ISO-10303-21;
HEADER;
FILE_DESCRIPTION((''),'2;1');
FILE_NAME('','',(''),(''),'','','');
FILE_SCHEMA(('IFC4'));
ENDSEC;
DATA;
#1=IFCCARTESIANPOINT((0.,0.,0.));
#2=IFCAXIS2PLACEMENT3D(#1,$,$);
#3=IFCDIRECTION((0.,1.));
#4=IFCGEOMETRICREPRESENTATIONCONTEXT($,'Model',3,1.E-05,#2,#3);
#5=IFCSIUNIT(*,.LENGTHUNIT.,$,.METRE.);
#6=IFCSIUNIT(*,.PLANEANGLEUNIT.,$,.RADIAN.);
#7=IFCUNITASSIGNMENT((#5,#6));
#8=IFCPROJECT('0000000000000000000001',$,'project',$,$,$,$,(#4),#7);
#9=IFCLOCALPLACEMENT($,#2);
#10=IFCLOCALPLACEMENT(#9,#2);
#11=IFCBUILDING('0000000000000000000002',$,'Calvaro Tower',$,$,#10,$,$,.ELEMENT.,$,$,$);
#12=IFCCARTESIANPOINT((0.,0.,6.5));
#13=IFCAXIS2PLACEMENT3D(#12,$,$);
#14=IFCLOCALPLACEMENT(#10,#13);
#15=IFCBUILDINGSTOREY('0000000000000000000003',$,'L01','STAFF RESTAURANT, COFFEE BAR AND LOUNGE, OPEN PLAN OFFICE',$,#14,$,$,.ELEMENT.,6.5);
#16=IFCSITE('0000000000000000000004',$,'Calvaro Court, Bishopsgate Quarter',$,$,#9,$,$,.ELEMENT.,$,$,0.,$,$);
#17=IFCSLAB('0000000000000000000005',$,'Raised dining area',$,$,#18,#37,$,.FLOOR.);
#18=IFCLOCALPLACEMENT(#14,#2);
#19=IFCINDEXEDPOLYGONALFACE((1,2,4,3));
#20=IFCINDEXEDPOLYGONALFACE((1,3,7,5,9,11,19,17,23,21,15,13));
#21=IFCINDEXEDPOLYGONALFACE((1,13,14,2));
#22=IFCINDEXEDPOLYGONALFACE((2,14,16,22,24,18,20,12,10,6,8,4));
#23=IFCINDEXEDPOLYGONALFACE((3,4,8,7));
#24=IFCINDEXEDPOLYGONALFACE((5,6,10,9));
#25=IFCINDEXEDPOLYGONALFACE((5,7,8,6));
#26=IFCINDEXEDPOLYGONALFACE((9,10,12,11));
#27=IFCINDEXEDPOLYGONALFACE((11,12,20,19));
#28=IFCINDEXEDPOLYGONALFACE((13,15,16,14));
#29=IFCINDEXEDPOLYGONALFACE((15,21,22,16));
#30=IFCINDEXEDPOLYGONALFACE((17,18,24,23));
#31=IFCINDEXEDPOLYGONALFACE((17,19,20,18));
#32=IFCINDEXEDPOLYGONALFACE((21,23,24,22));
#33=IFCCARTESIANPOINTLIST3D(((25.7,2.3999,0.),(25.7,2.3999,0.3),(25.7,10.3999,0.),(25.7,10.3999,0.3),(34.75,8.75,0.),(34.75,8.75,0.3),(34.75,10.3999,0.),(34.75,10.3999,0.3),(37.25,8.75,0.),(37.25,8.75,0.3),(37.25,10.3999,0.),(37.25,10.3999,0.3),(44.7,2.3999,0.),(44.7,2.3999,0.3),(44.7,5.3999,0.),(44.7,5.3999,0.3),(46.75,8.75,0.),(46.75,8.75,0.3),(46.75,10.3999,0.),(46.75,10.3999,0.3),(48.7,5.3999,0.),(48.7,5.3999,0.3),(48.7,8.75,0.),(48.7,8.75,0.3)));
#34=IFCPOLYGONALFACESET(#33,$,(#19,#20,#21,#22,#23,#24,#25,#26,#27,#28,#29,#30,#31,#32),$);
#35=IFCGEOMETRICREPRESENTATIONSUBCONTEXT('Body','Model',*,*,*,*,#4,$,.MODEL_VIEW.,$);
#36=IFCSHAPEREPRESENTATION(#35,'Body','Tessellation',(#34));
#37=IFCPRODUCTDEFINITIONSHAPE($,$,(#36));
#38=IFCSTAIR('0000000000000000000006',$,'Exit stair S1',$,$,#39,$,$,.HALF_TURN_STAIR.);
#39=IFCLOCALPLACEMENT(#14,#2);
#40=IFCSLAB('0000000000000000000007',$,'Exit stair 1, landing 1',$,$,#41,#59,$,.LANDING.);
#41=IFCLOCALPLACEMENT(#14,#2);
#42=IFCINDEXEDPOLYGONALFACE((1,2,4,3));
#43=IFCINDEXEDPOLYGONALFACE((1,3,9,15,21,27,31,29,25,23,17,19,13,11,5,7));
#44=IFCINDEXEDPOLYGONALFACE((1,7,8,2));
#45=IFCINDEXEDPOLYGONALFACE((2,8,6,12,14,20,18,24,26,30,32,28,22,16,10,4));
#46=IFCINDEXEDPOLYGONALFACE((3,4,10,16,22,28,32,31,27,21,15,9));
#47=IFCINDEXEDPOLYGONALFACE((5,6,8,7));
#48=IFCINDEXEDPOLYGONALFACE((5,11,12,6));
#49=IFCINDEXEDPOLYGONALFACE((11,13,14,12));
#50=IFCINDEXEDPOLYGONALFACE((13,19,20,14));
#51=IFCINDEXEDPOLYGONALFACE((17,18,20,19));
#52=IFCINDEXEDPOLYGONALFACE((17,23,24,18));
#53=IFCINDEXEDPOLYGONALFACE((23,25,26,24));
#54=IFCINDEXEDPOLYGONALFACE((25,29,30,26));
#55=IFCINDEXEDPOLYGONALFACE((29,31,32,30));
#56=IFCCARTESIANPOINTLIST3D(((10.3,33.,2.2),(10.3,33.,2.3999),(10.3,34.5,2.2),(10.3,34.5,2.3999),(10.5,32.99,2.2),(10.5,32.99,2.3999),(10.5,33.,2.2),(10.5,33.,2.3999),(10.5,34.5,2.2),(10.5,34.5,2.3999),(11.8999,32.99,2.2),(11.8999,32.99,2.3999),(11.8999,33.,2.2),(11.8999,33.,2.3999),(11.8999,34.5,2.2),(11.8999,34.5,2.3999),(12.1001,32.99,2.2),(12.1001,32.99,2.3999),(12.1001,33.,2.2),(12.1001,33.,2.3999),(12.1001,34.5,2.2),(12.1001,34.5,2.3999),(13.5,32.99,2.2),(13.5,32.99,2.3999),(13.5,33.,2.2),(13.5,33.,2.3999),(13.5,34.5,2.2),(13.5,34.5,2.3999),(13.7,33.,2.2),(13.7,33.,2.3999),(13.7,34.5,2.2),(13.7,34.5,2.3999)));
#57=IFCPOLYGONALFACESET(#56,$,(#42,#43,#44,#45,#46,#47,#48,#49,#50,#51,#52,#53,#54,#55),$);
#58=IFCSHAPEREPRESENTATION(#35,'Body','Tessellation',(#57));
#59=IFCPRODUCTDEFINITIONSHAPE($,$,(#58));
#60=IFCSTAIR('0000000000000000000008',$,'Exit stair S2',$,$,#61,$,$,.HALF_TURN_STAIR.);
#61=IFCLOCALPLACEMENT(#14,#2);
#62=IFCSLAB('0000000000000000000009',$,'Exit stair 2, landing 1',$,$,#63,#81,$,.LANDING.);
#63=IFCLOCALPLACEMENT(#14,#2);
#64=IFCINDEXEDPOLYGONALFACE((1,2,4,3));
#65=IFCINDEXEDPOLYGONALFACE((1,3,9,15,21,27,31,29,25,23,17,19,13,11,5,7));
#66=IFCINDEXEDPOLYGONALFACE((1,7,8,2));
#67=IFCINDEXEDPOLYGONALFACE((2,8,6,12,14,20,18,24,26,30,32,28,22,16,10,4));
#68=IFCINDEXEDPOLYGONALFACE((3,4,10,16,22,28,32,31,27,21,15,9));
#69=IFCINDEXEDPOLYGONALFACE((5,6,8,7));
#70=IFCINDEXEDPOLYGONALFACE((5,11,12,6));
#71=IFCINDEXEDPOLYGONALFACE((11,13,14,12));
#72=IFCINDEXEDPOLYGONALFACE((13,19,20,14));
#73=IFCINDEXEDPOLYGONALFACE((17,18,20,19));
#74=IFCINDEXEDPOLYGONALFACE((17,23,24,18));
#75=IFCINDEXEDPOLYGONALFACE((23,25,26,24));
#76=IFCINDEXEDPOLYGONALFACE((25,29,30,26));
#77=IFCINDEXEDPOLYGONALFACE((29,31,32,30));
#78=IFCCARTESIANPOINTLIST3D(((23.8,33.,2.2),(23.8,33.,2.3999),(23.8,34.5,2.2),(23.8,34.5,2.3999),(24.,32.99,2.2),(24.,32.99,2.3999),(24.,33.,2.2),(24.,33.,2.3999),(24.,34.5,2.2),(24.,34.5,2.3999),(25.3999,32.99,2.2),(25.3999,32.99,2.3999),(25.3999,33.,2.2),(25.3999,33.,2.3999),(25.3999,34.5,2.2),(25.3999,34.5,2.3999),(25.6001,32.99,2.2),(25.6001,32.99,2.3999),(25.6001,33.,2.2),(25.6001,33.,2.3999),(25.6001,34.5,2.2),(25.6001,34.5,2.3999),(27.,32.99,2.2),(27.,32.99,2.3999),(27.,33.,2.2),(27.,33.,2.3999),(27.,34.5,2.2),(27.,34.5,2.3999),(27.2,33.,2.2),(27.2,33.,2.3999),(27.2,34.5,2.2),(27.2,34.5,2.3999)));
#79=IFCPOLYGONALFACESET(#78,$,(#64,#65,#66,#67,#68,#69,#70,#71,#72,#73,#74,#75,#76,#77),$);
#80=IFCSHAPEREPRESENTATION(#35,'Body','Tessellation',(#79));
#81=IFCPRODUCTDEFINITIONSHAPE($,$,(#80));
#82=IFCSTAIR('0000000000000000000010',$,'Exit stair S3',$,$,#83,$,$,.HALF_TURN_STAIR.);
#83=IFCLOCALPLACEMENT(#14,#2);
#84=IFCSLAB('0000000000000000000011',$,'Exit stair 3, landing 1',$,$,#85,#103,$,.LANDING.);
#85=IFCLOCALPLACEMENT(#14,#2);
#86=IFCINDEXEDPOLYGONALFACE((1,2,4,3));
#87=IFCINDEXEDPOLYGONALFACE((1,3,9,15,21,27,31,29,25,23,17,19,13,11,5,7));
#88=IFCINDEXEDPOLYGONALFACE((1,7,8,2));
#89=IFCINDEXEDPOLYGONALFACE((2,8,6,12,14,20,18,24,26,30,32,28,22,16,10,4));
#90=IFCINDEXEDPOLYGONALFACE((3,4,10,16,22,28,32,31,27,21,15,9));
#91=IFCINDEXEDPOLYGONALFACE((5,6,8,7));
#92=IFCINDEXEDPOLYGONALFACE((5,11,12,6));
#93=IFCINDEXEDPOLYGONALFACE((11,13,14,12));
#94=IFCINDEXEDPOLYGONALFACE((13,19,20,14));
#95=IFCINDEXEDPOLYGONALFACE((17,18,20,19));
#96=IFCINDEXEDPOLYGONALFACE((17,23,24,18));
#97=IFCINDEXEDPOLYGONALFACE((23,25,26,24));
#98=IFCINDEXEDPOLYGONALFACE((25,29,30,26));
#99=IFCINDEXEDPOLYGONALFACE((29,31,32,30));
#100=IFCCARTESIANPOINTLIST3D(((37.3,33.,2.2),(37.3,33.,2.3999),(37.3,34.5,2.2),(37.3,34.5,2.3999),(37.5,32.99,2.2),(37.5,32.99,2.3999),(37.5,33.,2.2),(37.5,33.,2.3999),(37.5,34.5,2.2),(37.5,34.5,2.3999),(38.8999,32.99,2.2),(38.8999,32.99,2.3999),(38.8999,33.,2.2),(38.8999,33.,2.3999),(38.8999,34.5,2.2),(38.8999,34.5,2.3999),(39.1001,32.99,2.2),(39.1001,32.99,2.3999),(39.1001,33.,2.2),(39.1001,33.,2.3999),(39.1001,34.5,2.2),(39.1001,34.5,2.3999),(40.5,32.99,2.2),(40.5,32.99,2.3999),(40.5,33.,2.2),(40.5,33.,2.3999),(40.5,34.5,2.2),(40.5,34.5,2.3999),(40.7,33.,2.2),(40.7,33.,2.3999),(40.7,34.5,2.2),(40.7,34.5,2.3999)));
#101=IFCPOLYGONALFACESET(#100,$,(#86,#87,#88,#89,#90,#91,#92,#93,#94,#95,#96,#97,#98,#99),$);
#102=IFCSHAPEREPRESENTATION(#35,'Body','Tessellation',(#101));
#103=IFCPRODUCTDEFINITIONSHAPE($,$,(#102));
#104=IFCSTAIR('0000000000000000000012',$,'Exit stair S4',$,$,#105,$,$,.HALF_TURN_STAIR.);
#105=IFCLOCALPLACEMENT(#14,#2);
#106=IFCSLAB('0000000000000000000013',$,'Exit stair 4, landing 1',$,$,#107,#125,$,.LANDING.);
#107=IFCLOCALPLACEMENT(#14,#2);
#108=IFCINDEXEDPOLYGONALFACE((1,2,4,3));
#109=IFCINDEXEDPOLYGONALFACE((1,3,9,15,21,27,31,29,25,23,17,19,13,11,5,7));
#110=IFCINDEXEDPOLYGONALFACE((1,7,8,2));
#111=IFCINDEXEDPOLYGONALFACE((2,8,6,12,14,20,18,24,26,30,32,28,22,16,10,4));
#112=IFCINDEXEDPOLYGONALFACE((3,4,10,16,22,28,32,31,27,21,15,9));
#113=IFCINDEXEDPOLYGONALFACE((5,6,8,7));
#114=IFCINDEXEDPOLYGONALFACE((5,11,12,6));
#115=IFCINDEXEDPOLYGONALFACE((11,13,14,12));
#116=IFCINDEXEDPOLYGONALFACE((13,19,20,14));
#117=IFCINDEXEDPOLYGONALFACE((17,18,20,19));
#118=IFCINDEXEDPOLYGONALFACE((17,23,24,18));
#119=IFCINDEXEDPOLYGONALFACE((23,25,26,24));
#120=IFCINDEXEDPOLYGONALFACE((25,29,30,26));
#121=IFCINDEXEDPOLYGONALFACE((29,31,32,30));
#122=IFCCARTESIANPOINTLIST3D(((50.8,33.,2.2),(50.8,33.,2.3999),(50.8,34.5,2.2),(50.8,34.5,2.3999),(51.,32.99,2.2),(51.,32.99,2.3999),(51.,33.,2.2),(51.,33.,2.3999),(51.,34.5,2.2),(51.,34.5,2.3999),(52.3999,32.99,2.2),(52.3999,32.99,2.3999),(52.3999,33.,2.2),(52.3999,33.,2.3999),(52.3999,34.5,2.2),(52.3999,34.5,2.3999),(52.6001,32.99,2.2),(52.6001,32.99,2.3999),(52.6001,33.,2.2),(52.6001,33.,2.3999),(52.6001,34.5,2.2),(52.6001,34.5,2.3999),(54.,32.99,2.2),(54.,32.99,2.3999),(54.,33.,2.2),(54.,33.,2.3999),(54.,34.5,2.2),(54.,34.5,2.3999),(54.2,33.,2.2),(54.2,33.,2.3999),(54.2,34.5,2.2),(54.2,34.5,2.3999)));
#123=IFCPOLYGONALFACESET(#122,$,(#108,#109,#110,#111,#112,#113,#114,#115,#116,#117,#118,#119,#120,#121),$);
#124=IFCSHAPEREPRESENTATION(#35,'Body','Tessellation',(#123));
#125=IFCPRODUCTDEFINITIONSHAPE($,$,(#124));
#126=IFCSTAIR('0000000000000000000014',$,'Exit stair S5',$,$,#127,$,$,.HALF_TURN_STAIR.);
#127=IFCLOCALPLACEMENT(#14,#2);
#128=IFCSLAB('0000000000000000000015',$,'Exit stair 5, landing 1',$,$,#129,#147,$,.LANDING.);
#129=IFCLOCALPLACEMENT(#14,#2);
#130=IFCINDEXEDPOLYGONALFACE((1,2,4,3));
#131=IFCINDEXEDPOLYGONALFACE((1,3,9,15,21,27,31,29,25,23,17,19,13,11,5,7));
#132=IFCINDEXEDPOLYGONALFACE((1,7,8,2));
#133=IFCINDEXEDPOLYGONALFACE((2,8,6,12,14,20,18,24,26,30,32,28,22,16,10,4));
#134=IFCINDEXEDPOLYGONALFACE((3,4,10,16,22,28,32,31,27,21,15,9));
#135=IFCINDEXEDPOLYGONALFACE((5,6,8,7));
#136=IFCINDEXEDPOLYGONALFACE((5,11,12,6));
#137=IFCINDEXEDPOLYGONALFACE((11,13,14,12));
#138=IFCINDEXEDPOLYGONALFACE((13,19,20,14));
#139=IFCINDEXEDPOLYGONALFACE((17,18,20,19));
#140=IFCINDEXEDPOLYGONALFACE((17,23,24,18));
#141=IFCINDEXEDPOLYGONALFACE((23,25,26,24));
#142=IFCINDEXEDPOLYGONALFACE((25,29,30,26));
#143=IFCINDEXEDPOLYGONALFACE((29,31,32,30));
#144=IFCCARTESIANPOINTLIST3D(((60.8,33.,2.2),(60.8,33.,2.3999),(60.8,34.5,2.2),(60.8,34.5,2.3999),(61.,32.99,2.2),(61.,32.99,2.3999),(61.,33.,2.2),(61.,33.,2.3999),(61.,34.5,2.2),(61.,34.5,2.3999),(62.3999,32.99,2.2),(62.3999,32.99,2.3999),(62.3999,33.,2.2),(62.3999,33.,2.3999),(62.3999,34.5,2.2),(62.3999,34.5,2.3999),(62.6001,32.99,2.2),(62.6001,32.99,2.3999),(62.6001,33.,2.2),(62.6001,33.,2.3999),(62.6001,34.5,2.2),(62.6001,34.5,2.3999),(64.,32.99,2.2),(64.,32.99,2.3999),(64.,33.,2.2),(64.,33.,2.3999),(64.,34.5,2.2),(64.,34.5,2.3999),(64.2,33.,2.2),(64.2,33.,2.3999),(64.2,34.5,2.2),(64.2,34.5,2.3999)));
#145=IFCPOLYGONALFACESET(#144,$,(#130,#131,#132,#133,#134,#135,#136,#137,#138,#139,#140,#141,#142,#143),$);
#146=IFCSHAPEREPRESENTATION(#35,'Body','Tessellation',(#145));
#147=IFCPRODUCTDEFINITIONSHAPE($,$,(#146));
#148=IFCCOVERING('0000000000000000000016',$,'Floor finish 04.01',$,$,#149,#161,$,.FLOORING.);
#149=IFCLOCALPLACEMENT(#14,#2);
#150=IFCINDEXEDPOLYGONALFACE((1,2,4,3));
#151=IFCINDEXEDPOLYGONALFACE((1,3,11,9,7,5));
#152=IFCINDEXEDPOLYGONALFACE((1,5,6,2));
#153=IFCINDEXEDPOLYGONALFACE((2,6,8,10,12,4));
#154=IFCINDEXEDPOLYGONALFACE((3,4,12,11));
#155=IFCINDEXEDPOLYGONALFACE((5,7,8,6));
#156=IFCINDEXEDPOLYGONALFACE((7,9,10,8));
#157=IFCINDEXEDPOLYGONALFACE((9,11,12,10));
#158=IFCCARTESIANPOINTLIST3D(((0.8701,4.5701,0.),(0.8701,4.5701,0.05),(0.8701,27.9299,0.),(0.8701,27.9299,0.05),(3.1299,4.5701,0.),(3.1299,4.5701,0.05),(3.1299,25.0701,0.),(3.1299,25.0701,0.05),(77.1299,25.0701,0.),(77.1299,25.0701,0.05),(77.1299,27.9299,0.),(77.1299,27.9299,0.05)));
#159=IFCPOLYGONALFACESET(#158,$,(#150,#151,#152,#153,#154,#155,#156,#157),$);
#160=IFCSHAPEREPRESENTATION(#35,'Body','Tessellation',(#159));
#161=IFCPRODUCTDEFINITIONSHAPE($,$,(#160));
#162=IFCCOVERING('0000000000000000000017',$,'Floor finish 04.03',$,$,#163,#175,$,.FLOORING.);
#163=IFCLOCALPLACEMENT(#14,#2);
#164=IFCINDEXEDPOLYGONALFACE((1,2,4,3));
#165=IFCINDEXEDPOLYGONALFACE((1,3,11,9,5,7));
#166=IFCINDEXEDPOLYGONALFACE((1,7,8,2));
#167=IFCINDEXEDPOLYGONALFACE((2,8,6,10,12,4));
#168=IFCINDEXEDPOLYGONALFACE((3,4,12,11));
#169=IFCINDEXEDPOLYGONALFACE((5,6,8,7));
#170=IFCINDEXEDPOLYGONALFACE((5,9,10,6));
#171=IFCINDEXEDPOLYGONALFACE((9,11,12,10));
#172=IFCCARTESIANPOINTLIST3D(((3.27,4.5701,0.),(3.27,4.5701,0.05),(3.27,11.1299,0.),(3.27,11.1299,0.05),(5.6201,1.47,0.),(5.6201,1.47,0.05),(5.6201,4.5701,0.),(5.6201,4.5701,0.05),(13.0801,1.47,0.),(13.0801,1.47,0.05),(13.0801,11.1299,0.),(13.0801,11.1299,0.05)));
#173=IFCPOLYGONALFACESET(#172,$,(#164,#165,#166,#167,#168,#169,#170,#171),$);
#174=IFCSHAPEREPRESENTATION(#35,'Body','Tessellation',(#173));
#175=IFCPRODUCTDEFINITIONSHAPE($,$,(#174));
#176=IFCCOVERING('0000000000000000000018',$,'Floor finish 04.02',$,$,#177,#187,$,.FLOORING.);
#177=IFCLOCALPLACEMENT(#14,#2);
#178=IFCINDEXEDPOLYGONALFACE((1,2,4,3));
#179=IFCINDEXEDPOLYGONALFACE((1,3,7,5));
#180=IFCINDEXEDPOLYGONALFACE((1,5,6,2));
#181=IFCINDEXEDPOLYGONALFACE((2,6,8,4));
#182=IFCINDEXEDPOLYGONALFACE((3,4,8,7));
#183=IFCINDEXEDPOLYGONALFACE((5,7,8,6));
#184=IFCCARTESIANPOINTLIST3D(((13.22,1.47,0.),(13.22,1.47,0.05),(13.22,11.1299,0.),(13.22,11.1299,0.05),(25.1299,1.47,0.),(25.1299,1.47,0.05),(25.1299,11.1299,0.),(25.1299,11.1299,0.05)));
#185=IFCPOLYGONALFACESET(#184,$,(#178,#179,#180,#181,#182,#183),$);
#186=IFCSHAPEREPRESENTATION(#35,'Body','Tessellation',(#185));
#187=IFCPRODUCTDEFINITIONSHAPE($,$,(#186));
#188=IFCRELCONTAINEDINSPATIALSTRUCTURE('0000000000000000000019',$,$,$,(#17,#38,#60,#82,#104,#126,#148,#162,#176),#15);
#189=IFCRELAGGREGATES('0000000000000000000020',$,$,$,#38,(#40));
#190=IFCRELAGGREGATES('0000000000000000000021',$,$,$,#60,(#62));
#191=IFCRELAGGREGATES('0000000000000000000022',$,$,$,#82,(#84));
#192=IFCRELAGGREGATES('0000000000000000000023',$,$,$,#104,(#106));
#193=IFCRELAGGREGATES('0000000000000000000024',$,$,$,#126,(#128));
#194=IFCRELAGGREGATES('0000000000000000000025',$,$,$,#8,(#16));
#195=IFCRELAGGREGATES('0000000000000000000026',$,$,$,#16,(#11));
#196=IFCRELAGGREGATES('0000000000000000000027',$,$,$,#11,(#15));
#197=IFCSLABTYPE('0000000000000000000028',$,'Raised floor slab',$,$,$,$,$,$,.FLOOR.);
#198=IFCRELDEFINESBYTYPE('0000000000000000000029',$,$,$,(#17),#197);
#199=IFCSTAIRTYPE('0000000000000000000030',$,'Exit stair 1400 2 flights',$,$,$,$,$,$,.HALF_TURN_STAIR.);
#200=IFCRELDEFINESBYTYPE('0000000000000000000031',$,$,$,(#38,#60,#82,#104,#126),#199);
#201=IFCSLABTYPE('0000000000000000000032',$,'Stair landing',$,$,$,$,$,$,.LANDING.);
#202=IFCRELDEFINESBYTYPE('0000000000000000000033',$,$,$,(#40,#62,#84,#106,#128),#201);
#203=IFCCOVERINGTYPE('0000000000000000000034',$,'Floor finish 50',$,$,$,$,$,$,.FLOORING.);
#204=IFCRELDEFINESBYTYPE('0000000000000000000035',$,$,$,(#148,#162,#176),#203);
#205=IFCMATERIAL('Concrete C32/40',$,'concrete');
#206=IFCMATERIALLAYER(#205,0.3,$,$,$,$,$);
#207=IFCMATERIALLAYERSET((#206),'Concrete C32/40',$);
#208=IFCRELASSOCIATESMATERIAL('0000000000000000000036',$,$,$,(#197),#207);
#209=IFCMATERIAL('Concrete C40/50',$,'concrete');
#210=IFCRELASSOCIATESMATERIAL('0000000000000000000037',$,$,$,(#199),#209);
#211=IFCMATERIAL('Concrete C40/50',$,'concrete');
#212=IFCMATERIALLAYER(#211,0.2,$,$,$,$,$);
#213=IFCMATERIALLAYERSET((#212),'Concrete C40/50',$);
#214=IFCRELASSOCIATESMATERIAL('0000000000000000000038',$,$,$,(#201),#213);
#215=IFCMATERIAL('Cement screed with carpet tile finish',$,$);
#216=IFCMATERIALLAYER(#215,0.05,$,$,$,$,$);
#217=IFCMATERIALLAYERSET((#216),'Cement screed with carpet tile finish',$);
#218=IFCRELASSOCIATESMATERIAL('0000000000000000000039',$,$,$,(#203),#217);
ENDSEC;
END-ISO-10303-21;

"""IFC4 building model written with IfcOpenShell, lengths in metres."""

from ifc_helpers import new_model, si_unit, direction, frame, origin, place, context, subcontext, project, spatial, polyline, outline, extrude, material, layer, layer_set, type_object, element, aggregate, save


model = new_model("IFC4")

# Units and contexts
model_context = context("Model", 3, precision=1e-05, world=origin(), true_north=direction((0.0, 1.0)))
body_context = subcontext(model_context, "Body", "Model", "MODEL_VIEW")
ifc_project = project(units=[si_unit("LENGTHUNIT", "METRE"), si_unit("PLANEANGLEUNIT", "RADIAN")], contexts=[model_context])

# Site, building, storey
site_placement = place(None, origin())
site = spatial("IfcSite", under=ifc_project, at=site_placement, Name="Calvaro Court, Bishopsgate Quarter", CompositionType="ELEMENT", RefElevation=0.0)
building_placement = place(site_placement, origin())
building = spatial("IfcBuilding", under=site, at=building_placement, Name="Calvaro Tower", CompositionType="ELEMENT")
storey_placement = place(building_placement, frame((0.0, 0.0, 6.5)))
storey = spatial("IfcBuildingStorey", under=building, at=storey_placement, Name="L01", Description="STAFF RESTAURANT, COFFEE BAR AND LOUNGE, OPEN PLAN OFFICE", CompositionType="ELEMENT", Elevation=6.5)

# Slab
ifc_material_1 = material(Name="Concrete C32/40", Category="concrete")
ifc_layer_1 = layer(ifc_material_1, 0.3)
ifc_layer_set_1 = layer_set([ifc_layer_1], Name="Concrete C32/40")
slab_type_1 = type_object("IfcSlabType", Name="Raised floor slab", PredefinedType="FLOOR", material=ifc_layer_set_1)
slab_1_placement = place(storey_placement, origin())
element("IfcSlab", 1, at=slab_1_placement, inside=storey, type_object=slab_type_1, Name="Raised dining area", PredefinedType="FLOOR", context=body_context, shape_type="SweptSolid", body=[
    extrude(outline(polyline([(25.7, 10.3999), (34.75, 10.3999), (34.75, 8.75), (37.25, 8.75), (37.25, 10.3999), (46.75, 10.3999), (46.75, 8.75), (48.7, 8.75), (48.7, 5.3999), (44.7, 5.3999), (44.7, 2.3999), (25.7, 2.3999), (25.7, 10.3999)])), origin(), (0.0, 0.0, 1.0), 0.3),
])

# Stairs, slabs
ifc_material_2 = material(Name="Concrete C40/50", Category="concrete")
stair_type = type_object("IfcStairType", Name="Exit stair 1400 2 flights", PredefinedType="HALF_TURN_STAIR", material=ifc_material_2)
stair_1_placement = place(storey_placement, origin())
stair_1 = element("IfcStair", 2, at=stair_1_placement, inside=storey, type_object=stair_type, Name="Exit stair S1", PredefinedType="HALF_TURN_STAIR")
ifc_material_3 = material(Name="Concrete C40/50", Category="concrete")
ifc_layer_2 = layer(ifc_material_3, 0.2)
ifc_layer_set_2 = layer_set([ifc_layer_2], Name="Concrete C40/50")
slab_type_2 = type_object("IfcSlabType", Name="Stair landing", PredefinedType="LANDING", material=ifc_layer_set_2)
slab_2_placement = place(storey_placement, frame((0.0, 0.0, 2.2)))
slab_2 = element("IfcSlab", 3, at=slab_2_placement, type_object=slab_type_2, Name="Exit stair 1, landing 1", PredefinedType="LANDING", context=body_context, shape_type="SweptSolid", body=[
    extrude(outline(polyline([(11.8999, 32.99), (10.5, 32.99), (10.5, 33.0), (10.3, 33.0), (10.3, 34.5), (10.5, 34.5), (11.8999, 34.5), (12.1001, 34.5), (13.5, 34.5), (13.7, 34.5), (13.7, 33.0), (13.5, 33.0), (13.5, 32.99), (12.1001, 32.99), (12.1001, 33.0), (11.8999, 33.0), (11.8999, 32.99)])), origin(), (0.0, 0.0, 1.0), 0.2),
])
aggregate(stair_1, [slab_2])
stair_2_placement = place(storey_placement, origin())
stair_2 = element("IfcStair", 4, at=stair_2_placement, inside=storey, type_object=stair_type, Name="Exit stair S2", PredefinedType="HALF_TURN_STAIR")
slab_3_placement = place(storey_placement, frame((0.0, 0.0, 2.2)))
slab_3 = element("IfcSlab", 5, at=slab_3_placement, type_object=slab_type_2, Name="Exit stair 2, landing 1", PredefinedType="LANDING", context=body_context, shape_type="SweptSolid", body=[
    extrude(outline(polyline([(25.3999, 32.99), (24.0, 32.99), (24.0, 33.0), (23.8, 33.0), (23.8, 34.5), (24.0, 34.5), (25.3999, 34.5), (25.6001, 34.5), (27.0, 34.5), (27.2, 34.5), (27.2, 33.0), (27.0, 33.0), (27.0, 32.99), (25.6001, 32.99), (25.6001, 33.0), (25.3999, 33.0), (25.3999, 32.99)])), origin(), (0.0, 0.0, 1.0), 0.2),
])
aggregate(stair_2, [slab_3])
stair_3_placement = place(storey_placement, origin())
stair_3 = element("IfcStair", 6, at=stair_3_placement, inside=storey, type_object=stair_type, Name="Exit stair S3", PredefinedType="HALF_TURN_STAIR")
slab_4_placement = place(storey_placement, frame((0.0, 0.0, 2.2)))
slab_4 = element("IfcSlab", 7, at=slab_4_placement, type_object=slab_type_2, Name="Exit stair 3, landing 1", PredefinedType="LANDING", context=body_context, shape_type="SweptSolid", body=[
    extrude(outline(polyline([(38.8999, 32.99), (37.5, 32.99), (37.5, 33.0), (37.3, 33.0), (37.3, 34.5), (37.5, 34.5), (38.8999, 34.5), (39.1001, 34.5), (40.5, 34.5), (40.7, 34.5), (40.7, 33.0), (40.5, 33.0), (40.5, 32.99), (39.1001, 32.99), (39.1001, 33.0), (38.8999, 33.0), (38.8999, 32.99)])), origin(), (0.0, 0.0, 1.0), 0.2),
])
aggregate(stair_3, [slab_4])
stair_4_placement = place(storey_placement, origin())
stair_4 = element("IfcStair", 8, at=stair_4_placement, inside=storey, type_object=stair_type, Name="Exit stair S4", PredefinedType="HALF_TURN_STAIR")
slab_5_placement = place(storey_placement, frame((0.0, 0.0, 2.2)))
slab_5 = element("IfcSlab", 9, at=slab_5_placement, type_object=slab_type_2, Name="Exit stair 4, landing 1", PredefinedType="LANDING", context=body_context, shape_type="SweptSolid", body=[
    extrude(outline(polyline([(52.3999, 32.99), (51.0, 32.99), (51.0, 33.0), (50.8, 33.0), (50.8, 34.5), (51.0, 34.5), (52.3999, 34.5), (52.6001, 34.5), (54.0, 34.5), (54.2, 34.5), (54.2, 33.0), (54.0, 33.0), (54.0, 32.99), (52.6001, 32.99), (52.6001, 33.0), (52.3999, 33.0), (52.3999, 32.99)])), origin(), (0.0, 0.0, 1.0), 0.2),
])
aggregate(stair_4, [slab_5])
stair_5_placement = place(storey_placement, origin())
stair_5 = element("IfcStair", 10, at=stair_5_placement, inside=storey, type_object=stair_type, Name="Exit stair S5", PredefinedType="HALF_TURN_STAIR")
slab_6_placement = place(storey_placement, frame((0.0, 0.0, 2.2)))
slab_6 = element("IfcSlab", 11, at=slab_6_placement, type_object=slab_type_2, Name="Exit stair 5, landing 1", PredefinedType="LANDING", context=body_context, shape_type="SweptSolid", body=[
    extrude(outline(polyline([(62.3999, 32.99), (61.0, 32.99), (61.0, 33.0), (60.8, 33.0), (60.8, 34.5), (61.0, 34.5), (62.3999, 34.5), (62.6001, 34.5), (64.0, 34.5), (64.2, 34.5), (64.2, 33.0), (64.0, 33.0), (64.0, 32.99), (62.6001, 32.99), (62.6001, 33.0), (62.3999, 33.0), (62.3999, 32.99)])), origin(), (0.0, 0.0, 1.0), 0.2),
])
aggregate(stair_5, [slab_6])

# Coverings
ifc_material_4 = material(Name="Cement screed with carpet tile finish")
ifc_layer_3 = layer(ifc_material_4, 0.05)
ifc_layer_set_3 = layer_set([ifc_layer_3], Name="Cement screed with carpet tile finish")
covering_type_1 = type_object("IfcCoveringType", Name="Floor finish 50", PredefinedType="FLOORING", material=ifc_layer_set_3)
covering_1_placement = place(storey_placement, origin())
element("IfcCovering", 12, at=covering_1_placement, inside=storey, type_object=covering_type_1, Name="Floor finish 04.01", PredefinedType="FLOORING", context=body_context, shape_type="SweptSolid", body=[
    extrude(outline(polyline([(77.1299, 27.9299), (77.1299, 25.0701), (3.1299, 25.0701), (3.1299, 4.5701), (0.8701, 4.5701), (0.8701, 27.9299), (77.1299, 27.9299)])), origin(), (0.0, 0.0, 1.0), 0.05),
])
covering_2_placement = place(storey_placement, origin())
element("IfcCovering", 13, at=covering_2_placement, inside=storey, type_object=covering_type_1, Name="Floor finish 04.03", PredefinedType="FLOORING", context=body_context, shape_type="SweptSolid", body=[
    extrude(outline(polyline([(13.0801, 11.1299), (13.0801, 1.47), (5.6201, 1.47), (5.6201, 4.5701), (3.27, 4.5701), (3.27, 11.1299), (13.0801, 11.1299)])), origin(), (0.0, 0.0, 1.0), 0.05),
])
covering_3_placement = place(storey_placement, origin())
element("IfcCovering", 14, at=covering_3_placement, inside=storey, type_object=covering_type_1, Name="Floor finish 04.02", PredefinedType="FLOORING", context=body_context, shape_type="SweptSolid", body=[
    extrude(outline(polyline([(25.1299, 11.1299), (25.1299, 1.47), (13.22, 1.47), (13.22, 11.1299), (25.1299, 11.1299)])), origin(), (0.0, 0.0, 1.0), 0.05),
])

save(model, "model.ifc")
